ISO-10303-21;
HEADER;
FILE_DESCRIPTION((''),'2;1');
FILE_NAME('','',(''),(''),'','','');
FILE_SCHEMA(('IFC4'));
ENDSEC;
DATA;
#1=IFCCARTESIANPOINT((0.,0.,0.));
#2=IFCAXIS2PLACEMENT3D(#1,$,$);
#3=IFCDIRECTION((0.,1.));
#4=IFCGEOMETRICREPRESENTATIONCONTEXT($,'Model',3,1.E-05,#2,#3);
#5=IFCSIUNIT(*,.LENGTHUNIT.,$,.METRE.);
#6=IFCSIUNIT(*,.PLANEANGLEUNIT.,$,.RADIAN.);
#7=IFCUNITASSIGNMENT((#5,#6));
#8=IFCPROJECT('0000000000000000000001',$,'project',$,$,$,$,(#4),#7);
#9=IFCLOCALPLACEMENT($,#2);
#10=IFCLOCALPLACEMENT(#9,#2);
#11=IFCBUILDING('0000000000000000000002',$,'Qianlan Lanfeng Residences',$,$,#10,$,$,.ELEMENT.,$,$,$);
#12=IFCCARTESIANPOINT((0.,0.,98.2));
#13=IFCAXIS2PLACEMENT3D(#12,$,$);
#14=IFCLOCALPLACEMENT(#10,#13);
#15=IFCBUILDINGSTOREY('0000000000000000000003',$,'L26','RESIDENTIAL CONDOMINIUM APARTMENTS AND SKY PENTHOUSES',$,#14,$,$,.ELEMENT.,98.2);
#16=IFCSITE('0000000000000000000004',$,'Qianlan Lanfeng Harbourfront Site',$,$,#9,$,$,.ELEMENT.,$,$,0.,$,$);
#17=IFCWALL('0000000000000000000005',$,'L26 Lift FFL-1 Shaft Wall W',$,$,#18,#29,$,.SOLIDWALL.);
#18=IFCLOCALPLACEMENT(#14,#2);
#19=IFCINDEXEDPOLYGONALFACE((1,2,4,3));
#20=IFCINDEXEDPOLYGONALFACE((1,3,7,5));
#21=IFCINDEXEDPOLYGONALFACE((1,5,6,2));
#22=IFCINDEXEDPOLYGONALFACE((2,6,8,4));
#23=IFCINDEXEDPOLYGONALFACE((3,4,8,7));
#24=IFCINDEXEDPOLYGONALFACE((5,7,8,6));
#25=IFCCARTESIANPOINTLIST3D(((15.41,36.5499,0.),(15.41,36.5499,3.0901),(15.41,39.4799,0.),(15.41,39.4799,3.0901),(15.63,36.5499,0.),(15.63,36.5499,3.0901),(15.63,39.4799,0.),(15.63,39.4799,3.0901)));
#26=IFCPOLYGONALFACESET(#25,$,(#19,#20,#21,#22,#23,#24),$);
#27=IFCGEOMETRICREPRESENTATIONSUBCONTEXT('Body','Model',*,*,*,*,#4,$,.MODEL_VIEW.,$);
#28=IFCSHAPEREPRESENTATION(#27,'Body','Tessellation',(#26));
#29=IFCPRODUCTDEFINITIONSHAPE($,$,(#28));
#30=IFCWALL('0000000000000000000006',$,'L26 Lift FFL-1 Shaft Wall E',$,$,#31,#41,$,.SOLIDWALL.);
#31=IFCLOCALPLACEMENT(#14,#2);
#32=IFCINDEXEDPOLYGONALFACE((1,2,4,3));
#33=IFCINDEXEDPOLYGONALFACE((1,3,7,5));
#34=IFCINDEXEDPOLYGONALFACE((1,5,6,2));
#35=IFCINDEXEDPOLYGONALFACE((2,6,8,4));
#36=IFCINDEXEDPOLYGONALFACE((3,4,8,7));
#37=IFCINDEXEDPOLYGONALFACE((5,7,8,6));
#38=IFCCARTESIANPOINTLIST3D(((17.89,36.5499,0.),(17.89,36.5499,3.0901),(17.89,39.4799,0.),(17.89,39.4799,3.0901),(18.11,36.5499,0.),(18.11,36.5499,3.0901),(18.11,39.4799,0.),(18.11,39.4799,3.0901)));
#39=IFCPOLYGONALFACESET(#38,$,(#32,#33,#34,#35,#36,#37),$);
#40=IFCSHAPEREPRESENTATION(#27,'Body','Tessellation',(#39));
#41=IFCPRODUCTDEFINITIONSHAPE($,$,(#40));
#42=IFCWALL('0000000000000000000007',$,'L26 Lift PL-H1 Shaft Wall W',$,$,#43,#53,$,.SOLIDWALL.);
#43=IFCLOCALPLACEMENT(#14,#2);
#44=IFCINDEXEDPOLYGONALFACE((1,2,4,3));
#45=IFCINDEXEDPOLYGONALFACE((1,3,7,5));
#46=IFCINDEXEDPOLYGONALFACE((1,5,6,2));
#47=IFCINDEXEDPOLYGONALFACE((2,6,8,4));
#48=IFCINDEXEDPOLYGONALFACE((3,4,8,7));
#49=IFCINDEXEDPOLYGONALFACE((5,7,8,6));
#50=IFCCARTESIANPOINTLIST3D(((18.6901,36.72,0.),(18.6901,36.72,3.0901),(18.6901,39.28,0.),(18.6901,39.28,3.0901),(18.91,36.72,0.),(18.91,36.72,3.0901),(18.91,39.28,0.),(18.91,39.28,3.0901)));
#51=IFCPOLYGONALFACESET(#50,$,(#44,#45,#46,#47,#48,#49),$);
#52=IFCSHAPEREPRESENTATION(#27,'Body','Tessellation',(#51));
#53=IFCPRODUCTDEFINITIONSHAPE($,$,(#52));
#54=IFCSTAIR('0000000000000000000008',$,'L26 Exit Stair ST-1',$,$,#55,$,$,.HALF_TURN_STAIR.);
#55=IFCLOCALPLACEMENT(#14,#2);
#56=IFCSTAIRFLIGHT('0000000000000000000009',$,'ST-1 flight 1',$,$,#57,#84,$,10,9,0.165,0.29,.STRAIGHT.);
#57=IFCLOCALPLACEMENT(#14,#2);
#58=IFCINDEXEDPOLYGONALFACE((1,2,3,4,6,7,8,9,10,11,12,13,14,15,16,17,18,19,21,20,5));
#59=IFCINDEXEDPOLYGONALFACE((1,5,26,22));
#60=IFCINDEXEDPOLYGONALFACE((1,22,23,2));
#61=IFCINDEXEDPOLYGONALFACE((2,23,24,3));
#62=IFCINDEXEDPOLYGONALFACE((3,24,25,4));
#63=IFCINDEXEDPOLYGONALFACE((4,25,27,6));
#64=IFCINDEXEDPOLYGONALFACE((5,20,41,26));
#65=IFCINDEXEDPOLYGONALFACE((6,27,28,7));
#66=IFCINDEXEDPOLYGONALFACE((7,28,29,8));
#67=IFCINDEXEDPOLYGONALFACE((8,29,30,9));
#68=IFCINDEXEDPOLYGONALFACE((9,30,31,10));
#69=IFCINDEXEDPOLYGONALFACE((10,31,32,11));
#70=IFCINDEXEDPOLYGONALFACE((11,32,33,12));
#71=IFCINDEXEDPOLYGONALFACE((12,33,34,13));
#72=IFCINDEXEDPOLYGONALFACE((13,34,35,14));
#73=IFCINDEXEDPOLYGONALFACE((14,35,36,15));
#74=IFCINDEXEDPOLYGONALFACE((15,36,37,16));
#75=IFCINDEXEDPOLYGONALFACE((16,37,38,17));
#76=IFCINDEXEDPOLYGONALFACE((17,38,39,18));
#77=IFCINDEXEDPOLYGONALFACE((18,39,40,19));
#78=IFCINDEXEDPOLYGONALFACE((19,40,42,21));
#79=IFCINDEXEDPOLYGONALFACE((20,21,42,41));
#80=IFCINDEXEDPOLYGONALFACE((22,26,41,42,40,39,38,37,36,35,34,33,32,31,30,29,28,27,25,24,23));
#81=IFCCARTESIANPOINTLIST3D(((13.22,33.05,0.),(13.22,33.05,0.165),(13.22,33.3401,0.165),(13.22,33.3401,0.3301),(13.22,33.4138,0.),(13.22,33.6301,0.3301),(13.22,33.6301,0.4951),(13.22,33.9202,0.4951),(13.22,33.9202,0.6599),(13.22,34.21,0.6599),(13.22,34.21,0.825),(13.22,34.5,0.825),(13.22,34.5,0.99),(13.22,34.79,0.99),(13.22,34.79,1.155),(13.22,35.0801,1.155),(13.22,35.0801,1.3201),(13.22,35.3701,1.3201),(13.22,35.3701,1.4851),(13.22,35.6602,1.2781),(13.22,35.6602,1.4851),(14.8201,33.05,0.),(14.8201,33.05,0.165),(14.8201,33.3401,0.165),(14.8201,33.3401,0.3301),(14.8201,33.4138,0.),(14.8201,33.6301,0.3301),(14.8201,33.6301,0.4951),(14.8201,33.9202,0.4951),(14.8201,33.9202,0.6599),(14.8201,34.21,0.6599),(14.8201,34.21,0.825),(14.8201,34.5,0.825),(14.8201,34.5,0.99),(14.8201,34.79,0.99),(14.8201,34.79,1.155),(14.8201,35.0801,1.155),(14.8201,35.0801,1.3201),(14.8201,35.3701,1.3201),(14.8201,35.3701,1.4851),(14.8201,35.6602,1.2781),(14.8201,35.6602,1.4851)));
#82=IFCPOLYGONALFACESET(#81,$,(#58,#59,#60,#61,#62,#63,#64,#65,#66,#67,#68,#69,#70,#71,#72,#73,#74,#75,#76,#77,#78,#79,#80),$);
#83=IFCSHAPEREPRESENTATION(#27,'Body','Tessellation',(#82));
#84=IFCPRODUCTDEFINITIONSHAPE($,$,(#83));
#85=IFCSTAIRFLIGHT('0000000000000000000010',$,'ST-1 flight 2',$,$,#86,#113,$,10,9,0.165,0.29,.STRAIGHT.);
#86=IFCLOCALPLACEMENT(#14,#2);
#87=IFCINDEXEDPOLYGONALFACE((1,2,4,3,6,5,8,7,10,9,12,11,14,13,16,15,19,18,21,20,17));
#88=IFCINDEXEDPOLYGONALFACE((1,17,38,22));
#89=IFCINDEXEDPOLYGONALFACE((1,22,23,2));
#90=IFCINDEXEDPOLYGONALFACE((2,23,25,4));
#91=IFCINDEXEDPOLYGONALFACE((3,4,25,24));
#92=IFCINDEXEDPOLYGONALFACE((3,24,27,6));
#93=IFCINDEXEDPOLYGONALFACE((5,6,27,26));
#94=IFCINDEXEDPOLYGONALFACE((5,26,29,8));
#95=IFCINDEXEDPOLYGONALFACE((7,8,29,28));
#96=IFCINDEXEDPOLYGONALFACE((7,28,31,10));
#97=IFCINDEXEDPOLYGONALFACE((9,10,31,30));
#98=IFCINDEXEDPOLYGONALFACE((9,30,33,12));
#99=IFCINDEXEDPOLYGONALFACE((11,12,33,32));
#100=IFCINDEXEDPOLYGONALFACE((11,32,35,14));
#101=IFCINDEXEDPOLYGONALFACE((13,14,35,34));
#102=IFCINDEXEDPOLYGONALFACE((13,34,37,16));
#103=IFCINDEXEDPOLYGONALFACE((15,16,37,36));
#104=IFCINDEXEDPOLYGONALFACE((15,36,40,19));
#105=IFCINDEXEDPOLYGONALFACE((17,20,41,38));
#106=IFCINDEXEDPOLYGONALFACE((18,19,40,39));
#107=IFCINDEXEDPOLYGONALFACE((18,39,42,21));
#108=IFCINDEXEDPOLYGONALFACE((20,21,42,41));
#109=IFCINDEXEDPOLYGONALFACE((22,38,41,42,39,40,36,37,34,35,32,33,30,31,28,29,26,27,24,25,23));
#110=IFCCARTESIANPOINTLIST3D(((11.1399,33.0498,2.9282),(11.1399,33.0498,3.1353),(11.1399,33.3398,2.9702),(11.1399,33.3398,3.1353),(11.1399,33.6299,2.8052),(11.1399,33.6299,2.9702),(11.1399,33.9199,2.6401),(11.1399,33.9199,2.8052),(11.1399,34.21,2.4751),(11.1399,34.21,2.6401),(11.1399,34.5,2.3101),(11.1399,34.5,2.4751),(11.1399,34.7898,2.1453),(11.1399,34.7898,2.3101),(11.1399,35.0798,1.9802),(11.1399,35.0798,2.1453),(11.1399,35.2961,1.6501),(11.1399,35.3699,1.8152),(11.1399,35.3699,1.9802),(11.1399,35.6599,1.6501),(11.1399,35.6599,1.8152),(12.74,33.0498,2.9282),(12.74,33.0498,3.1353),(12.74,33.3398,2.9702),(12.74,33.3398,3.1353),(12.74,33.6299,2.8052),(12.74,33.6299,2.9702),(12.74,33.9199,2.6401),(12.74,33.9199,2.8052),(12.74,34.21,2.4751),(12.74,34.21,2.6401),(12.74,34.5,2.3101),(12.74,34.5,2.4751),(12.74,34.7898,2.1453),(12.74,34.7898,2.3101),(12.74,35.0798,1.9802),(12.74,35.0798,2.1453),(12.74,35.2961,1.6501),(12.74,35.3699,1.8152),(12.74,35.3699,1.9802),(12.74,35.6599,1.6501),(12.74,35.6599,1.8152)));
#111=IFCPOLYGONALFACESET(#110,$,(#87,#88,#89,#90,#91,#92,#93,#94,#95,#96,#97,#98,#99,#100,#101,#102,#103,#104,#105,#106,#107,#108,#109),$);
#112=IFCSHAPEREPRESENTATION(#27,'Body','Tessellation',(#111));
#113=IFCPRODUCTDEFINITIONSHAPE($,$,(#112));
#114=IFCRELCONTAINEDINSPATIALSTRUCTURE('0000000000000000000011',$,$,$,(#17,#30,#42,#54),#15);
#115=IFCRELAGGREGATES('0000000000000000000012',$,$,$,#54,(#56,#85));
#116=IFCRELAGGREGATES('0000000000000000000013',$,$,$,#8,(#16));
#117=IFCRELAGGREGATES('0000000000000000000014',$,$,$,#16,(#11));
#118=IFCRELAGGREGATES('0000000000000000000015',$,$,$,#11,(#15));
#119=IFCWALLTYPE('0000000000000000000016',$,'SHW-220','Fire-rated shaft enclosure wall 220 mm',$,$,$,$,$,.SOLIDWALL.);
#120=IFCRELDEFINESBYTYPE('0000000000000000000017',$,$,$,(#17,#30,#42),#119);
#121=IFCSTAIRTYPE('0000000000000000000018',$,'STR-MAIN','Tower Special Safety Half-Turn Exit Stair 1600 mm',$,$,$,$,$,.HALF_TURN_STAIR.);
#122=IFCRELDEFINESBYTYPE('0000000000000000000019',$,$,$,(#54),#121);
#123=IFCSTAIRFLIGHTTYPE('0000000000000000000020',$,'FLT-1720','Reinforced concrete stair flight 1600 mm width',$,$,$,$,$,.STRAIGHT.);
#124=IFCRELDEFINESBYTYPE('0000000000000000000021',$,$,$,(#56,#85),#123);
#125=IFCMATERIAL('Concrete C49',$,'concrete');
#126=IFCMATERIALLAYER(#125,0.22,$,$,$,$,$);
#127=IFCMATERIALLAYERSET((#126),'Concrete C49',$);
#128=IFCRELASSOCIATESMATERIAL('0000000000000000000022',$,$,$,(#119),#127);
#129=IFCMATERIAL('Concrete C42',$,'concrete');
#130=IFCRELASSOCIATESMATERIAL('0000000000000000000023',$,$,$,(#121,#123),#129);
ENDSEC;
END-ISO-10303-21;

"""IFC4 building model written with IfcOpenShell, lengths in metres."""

from ifc_helpers import new_model, si_unit, direction, frame, frame_2d, origin, place, context, subcontext, project, spatial, polyline, rectangle, outline, extrude, material, layer, layer_set, type_object, element, aggregate, save


model = new_model("IFC4")

# Units and contexts
model_context = context("Model", 3, precision=1e-05, world=origin(), true_north=direction((0.0, 1.0)))
body_context = subcontext(model_context, "Body", "Model", "MODEL_VIEW")
ifc_project = project(units=[si_unit("LENGTHUNIT", "METRE"), si_unit("PLANEANGLEUNIT", "RADIAN")], contexts=[model_context])

# Site, building, storey
site_placement = place(None, origin())
site = spatial("IfcSite", under=ifc_project, at=site_placement, Name="Qianlan Lanfeng Harbourfront Site", CompositionType="ELEMENT", RefElevation=0.0)
building_placement = place(site_placement, origin())
building = spatial("IfcBuilding", under=site, at=building_placement, Name="Qianlan Lanfeng Residences", CompositionType="ELEMENT")
storey_placement = place(building_placement, frame((0.0, 0.0, 98.2)))
storey = spatial("IfcBuildingStorey", under=building, at=storey_placement, Name="L26", Description="RESIDENTIAL CONDOMINIUM APARTMENTS AND SKY PENTHOUSES", CompositionType="ELEMENT", Elevation=98.2)

# Walls
ifc_material_1 = material(Name="Concrete C49", Category="concrete")
ifc_layer_1 = layer(ifc_material_1, 0.22)
ifc_layer_set_1 = layer_set([ifc_layer_1], Name="Concrete C49")
wall_type_1 = type_object("IfcWallType", Name="SHW-220", Description="Fire-rated shaft enclosure wall 220 mm", PredefinedType="SOLIDWALL", material=ifc_layer_set_1)
for number, where, z_axis, x_axis, name in (
    (1, (15.52, 36.55, 0.0), (0.0, 0.0, 1.0), (0.0, 1.0, 0.0), "L26 Lift FFL-1 Shaft Wall W"),
    (2, (18.0, 36.55, 0.0), (0.0, 0.0, 1.0), (0.0, 1.0, 0.0), "L26 Lift FFL-1 Shaft Wall E"),
):
    element("IfcWall", number, at=place(storey_placement, frame(where, z_axis=z_axis, x_axis=x_axis)), inside=storey, type_object=wall_type_1, Name=name, PredefinedType="SOLIDWALL", context=body_context, shape_type="SweptSolid", body=[
        extrude(rectangle(XDim=2.9299, YDim=0.22, at=frame_2d((1.4648, 0.0))), origin(), (0.0, 0.0, 1.0), 3.0901),
    ])
wall_1_placement = place(storey_placement, frame((18.8, 36.72, 0.0), z_axis=(0.0, 0.0, 1.0), x_axis=(0.0, 1.0, 0.0)))
element("IfcWall", 3, at=wall_1_placement, inside=storey, type_object=wall_type_1, Name="L26 Lift PL-H1 Shaft Wall W", PredefinedType="SOLIDWALL", context=body_context, shape_type="SweptSolid", body=[
    extrude(rectangle(XDim=2.5601, YDim=0.22, at=frame_2d((1.28, 0.0))), origin(), (0.0, 0.0, 1.0), 3.0901),
])

# Stair, stair flights
ifc_material_2 = material(Name="Concrete C42", Category="concrete")
stair_type = type_object("IfcStairType", Name="STR-MAIN", Description="Tower Special Safety Half-Turn Exit Stair 1600 mm", PredefinedType="HALF_TURN_STAIR", material=ifc_material_2)
stair_placement = place(storey_placement, origin())
stair = element("IfcStair", 4, at=stair_placement, inside=storey, type_object=stair_type, Name="L26 Exit Stair ST-1", PredefinedType="HALF_TURN_STAIR")
stair_flight_type = type_object("IfcStairFlightType", Name="FLT-1720", Description="Reinforced concrete stair flight 1600 mm width", PredefinedType="STRAIGHT", material=ifc_material_2)
stair_flight_1_placement = place(storey_placement, frame((14.02, 33.05, 0.0), z_axis=(0.0, 0.0, 1.0), x_axis=(0.0, 1.0, 0.0)))
stair_flight_1 = element("IfcStairFlight", 5, at=stair_flight_1_placement, type_object=stair_flight_type, Name="ST-1 flight 1", NumberOfRisers=10, NumberOfTreads=9, PredefinedType="STRAIGHT", RiserHeight=0.165, TreadLength=0.29, context=body_context, shape_type="SweptSolid", body=[
    extrude(outline(polyline([(0.0, 0.0), (0.0, 0.165), (0.29, 0.165), (0.29, 0.3301), (0.5801, 0.3301), (0.5801, 0.4951), (0.8701, 0.4951), (0.8701, 0.6599), (1.1599, 0.6599), (1.1599, 0.825), (1.45, 0.825), (1.45, 0.99), (1.74, 0.99), (1.74, 1.155), (2.03, 1.155), (2.03, 1.3201), (2.3201, 1.3201), (2.3201, 1.4851), (2.6101, 1.4851), (2.6101, 1.6499), (2.6101, 1.2781), (0.3638, 0.0), (0.0, 0.0)])), frame((0.0, 0.8, 0.0), z_axis=(0.0, -1.0, 0.0), x_axis=(1.0, 0.0, 0.0)), (0.0, 0.0, 1.0), 1.6001),
])
stair_flight_2_placement = place(storey_placement, frame((11.9399, 35.6599, 1.6501), z_axis=(0.0, 0.0, 1.0), x_axis=(0.0, -1.0, 0.0)))
stair_flight_2 = element("IfcStairFlight", 6, at=stair_flight_2_placement, type_object=stair_flight_type, Name="ST-1 flight 2", NumberOfRisers=10, NumberOfTreads=9, PredefinedType="STRAIGHT", RiserHeight=0.165, TreadLength=0.29, context=body_context, shape_type="SweptSolid", body=[
    extrude(outline(polyline([(0.0, 0.0), (0.0, 0.165), (0.29, 0.165), (0.29, 0.3301), (0.5801, 0.3301), (0.5801, 0.4951), (0.8701, 0.4951), (0.8701, 0.6599), (1.1599, 0.6599), (1.1599, 0.825), (1.45, 0.825), (1.45, 0.99), (1.74, 0.99), (1.74, 1.155), (2.03, 1.155), (2.03, 1.3201), (2.3201, 1.3201), (2.3201, 1.4851), (2.6101, 1.4851), (2.6101, 1.6499), (2.6101, 1.2781), (0.3638, 0.0), (0.0, 0.0)])), frame((0.0, 0.8, 0.0), z_axis=(0.0, -1.0, 0.0), x_axis=(1.0, 0.0, 0.0)), (0.0, 0.0, 1.0), 1.6001),
])
aggregate(stair, [stair_flight_1, stair_flight_2])

save(model, "model.ifc")
